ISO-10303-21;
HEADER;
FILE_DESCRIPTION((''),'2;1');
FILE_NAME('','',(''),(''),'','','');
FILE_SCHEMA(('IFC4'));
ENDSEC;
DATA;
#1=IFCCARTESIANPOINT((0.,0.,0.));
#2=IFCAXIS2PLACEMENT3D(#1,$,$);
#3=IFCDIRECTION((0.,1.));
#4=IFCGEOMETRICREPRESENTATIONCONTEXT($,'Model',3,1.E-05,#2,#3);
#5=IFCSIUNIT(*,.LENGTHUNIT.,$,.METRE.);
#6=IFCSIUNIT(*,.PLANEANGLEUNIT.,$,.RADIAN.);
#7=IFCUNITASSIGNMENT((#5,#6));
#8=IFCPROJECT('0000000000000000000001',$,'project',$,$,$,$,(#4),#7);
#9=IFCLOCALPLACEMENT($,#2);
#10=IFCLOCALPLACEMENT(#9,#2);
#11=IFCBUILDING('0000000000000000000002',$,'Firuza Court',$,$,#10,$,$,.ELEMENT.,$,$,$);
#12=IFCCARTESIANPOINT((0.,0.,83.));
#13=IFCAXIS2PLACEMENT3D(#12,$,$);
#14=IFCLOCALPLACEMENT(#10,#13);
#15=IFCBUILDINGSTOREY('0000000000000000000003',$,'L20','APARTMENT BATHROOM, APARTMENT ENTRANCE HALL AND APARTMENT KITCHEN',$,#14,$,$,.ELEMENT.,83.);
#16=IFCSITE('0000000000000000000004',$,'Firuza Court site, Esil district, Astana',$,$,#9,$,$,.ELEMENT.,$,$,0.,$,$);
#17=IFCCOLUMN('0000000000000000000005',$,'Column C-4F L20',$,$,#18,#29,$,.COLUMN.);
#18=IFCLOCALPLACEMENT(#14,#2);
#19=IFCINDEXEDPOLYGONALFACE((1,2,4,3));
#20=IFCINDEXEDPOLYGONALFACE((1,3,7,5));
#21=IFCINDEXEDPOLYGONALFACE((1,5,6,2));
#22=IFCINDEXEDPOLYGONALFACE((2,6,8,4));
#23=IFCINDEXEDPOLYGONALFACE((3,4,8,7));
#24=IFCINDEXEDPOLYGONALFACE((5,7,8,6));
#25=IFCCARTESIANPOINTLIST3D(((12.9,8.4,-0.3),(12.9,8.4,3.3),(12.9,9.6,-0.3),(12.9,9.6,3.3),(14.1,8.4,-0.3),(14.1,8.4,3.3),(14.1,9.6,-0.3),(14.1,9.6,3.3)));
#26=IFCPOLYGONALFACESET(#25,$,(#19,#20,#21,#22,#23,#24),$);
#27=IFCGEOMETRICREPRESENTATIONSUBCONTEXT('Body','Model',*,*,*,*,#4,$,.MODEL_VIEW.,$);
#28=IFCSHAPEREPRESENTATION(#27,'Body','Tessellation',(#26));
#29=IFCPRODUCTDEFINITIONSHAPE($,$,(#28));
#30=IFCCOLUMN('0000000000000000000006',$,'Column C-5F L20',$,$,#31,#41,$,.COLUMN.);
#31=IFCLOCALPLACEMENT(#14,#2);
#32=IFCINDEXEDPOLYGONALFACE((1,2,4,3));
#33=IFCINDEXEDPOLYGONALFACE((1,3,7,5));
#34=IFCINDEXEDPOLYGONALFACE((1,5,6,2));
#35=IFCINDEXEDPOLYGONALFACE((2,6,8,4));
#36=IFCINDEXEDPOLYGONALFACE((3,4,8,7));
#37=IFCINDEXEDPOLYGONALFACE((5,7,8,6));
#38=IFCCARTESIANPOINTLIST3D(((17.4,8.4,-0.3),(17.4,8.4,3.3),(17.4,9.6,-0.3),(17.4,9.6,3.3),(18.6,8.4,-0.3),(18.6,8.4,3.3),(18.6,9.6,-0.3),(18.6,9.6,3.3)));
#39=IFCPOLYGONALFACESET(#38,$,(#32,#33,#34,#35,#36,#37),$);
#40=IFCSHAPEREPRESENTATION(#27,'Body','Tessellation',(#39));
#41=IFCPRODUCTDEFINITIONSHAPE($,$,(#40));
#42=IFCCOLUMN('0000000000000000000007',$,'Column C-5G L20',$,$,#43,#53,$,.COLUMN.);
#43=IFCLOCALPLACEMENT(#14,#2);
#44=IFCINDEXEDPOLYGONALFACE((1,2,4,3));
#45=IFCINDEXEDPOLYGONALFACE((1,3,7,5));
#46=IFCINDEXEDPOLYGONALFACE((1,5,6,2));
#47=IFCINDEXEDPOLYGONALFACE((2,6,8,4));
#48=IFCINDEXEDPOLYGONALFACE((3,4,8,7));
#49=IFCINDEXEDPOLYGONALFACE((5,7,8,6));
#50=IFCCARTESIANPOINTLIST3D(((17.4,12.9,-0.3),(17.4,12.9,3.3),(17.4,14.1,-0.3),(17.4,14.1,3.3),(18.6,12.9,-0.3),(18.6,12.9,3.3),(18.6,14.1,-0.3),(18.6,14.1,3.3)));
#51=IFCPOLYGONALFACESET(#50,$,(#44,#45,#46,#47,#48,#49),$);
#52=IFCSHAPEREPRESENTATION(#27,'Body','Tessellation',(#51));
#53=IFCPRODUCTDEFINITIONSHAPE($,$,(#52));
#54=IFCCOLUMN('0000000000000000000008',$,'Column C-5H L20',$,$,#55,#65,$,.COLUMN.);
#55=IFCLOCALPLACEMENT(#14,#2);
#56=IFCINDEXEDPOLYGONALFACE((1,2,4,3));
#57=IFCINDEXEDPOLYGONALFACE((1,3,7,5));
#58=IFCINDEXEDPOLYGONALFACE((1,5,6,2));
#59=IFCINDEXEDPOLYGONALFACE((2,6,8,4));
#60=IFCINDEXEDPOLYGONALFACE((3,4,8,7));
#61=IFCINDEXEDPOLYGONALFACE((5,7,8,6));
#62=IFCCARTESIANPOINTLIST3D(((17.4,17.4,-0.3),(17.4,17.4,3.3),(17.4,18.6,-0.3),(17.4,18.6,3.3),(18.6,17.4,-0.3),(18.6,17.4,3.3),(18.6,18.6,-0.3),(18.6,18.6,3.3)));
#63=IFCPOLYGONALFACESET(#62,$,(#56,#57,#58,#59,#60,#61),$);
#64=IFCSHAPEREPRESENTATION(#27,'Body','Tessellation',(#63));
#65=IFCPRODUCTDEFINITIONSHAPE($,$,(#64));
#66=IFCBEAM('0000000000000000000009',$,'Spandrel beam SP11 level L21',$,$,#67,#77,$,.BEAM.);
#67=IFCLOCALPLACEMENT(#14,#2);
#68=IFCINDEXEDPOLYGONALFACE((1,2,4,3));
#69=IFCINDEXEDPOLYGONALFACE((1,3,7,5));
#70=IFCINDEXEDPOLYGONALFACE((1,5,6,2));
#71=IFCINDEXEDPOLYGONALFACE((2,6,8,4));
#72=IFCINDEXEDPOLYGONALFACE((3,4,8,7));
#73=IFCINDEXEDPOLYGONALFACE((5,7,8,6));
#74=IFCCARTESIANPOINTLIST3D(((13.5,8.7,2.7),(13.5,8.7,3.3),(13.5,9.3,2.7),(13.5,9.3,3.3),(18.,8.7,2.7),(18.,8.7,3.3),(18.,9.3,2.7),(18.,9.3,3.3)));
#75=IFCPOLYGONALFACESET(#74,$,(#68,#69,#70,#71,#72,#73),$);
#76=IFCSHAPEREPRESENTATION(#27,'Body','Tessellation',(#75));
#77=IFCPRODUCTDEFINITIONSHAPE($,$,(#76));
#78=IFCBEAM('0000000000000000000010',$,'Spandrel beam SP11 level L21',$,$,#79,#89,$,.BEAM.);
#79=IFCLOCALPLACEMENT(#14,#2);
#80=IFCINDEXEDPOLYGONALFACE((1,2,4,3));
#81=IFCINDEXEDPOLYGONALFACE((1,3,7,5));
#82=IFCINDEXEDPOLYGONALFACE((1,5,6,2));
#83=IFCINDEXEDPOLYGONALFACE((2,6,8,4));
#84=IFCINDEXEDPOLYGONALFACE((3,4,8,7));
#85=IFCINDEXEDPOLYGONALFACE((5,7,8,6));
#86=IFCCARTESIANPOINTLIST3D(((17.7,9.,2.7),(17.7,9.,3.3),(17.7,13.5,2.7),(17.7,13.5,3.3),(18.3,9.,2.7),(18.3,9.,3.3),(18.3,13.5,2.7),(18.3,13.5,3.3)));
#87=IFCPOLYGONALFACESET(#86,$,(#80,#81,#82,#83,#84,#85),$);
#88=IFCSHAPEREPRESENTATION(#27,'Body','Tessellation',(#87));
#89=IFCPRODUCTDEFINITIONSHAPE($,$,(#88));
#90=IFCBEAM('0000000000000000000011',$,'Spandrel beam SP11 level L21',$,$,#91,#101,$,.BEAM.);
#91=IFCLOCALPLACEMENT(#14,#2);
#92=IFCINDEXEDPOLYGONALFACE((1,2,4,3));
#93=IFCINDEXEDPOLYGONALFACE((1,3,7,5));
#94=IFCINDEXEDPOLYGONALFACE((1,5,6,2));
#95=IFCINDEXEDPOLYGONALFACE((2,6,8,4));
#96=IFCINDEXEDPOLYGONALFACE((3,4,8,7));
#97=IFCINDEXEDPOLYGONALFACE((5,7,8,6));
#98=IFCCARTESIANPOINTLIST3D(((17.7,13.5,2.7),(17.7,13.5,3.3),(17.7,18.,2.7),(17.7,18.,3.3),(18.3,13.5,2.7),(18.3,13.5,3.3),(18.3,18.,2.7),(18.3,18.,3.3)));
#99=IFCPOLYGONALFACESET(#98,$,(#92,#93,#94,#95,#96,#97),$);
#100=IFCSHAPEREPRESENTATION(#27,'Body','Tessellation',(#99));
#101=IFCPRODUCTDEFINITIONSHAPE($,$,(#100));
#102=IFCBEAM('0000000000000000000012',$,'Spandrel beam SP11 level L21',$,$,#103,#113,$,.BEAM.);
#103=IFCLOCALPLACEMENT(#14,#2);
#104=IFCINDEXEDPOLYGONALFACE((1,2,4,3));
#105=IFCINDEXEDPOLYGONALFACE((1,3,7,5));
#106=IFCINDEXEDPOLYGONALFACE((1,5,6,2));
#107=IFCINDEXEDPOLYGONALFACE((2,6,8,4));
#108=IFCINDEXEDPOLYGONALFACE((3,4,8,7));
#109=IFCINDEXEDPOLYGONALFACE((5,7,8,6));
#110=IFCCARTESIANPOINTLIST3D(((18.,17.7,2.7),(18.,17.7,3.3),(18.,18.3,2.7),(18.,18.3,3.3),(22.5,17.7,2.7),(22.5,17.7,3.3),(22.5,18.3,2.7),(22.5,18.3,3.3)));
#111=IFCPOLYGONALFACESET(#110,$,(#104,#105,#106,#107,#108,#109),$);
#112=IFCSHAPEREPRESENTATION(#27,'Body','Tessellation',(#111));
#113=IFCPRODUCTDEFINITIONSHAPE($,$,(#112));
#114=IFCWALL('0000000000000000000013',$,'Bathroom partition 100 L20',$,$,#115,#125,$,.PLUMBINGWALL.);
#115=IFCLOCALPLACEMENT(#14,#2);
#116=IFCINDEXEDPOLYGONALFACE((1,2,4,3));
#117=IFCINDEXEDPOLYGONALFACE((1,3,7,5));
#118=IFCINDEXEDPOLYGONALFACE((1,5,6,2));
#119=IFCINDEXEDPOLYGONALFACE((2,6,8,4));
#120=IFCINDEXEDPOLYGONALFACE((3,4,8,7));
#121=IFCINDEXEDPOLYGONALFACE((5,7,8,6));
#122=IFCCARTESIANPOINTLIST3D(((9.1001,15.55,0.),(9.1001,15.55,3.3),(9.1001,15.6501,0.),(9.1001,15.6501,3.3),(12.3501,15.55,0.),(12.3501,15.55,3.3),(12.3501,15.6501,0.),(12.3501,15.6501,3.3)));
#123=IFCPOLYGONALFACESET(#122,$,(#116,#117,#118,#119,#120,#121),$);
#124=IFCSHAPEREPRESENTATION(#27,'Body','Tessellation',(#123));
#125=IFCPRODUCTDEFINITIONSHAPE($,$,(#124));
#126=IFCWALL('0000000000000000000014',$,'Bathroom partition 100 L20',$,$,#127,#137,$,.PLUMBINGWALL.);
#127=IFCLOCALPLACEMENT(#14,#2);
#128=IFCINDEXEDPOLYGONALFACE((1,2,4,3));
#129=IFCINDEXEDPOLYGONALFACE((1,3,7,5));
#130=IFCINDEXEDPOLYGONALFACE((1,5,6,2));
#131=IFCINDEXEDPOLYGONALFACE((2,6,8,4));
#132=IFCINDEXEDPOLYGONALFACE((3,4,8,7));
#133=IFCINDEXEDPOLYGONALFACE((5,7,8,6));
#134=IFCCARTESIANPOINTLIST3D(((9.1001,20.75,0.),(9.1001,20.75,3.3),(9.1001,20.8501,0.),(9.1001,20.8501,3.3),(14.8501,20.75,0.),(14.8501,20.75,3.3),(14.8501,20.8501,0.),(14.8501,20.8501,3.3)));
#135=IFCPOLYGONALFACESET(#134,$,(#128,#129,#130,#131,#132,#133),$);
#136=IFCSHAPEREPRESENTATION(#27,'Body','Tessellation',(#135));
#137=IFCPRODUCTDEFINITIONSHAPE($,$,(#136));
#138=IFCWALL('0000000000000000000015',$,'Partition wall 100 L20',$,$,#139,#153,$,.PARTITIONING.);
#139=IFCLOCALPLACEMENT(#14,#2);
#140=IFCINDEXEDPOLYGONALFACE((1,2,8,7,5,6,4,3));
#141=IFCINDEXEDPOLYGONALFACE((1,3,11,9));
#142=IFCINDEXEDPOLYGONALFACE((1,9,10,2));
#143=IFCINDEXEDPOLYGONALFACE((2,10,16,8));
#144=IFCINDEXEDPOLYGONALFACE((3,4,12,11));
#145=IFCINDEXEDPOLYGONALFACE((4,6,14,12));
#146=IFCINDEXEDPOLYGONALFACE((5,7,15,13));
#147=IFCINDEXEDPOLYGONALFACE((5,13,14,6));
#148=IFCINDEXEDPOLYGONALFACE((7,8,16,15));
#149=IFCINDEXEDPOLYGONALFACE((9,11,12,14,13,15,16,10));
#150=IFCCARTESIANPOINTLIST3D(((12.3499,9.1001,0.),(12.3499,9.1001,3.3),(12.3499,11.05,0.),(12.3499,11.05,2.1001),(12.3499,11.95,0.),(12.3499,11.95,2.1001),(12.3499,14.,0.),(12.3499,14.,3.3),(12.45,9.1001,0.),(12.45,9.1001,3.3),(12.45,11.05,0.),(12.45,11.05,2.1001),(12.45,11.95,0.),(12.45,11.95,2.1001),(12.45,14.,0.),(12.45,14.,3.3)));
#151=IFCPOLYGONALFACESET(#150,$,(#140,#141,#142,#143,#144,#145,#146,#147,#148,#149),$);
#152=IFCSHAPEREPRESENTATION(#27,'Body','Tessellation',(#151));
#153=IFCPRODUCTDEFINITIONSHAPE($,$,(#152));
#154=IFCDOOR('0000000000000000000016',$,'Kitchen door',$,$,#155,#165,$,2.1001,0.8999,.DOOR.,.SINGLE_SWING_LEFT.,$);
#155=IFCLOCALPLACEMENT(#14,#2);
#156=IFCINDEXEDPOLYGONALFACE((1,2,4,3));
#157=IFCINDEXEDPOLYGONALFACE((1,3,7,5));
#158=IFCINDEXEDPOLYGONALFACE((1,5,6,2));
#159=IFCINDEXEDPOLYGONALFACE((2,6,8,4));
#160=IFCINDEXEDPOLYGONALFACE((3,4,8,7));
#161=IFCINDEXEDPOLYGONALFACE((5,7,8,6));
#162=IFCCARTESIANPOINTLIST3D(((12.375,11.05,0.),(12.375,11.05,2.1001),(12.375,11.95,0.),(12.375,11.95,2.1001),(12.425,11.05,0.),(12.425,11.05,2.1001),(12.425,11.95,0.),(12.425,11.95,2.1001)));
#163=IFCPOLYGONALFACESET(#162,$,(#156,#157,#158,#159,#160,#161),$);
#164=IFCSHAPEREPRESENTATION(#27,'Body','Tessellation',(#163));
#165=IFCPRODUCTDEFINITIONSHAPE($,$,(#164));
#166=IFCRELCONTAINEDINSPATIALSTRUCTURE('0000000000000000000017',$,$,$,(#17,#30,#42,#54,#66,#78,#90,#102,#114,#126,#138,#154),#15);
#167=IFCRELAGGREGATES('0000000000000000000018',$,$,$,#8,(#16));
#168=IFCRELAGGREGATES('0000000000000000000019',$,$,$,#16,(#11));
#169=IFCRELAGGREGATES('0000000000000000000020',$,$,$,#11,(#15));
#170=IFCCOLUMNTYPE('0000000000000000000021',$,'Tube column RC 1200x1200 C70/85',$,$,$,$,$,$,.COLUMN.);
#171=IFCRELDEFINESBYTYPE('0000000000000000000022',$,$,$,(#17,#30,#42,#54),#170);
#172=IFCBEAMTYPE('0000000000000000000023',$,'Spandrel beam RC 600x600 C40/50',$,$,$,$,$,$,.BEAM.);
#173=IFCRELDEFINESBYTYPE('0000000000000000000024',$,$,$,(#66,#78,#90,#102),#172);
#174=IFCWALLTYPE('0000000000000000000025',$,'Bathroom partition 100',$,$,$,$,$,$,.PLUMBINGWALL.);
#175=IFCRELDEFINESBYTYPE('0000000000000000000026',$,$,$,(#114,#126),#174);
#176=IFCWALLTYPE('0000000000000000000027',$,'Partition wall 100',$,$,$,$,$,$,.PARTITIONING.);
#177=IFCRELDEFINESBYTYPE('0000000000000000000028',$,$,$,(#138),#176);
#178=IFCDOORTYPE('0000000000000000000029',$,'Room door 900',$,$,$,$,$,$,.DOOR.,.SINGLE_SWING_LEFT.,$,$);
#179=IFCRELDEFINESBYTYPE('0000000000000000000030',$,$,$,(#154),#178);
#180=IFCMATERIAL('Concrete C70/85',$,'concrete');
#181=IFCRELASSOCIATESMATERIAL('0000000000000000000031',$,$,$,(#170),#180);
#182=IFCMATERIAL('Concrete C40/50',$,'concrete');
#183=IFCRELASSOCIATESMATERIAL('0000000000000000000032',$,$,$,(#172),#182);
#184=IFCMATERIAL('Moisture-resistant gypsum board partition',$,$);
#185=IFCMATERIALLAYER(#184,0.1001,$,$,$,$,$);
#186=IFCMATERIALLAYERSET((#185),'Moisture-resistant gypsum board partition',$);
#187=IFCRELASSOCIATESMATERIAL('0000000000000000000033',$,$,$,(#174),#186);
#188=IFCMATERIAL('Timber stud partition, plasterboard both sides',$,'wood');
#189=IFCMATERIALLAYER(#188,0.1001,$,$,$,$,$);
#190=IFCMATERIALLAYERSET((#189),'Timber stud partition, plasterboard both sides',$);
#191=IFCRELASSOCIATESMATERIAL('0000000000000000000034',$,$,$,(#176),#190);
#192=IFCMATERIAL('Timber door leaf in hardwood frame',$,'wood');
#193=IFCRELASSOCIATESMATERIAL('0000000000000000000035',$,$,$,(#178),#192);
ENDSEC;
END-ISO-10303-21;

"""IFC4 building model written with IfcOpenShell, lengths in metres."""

from ifc_helpers import new_model, si_unit, direction, frame, frame_2d, origin, origin_2d, place, context, subcontext, project, spatial, rectangle, extrude, material, layer, layer_set, material_profile, profile_set, type_object, element, fill, save


model = new_model("IFC4")

# Units and contexts
model_context = context("Model", 3, precision=1e-05, world=origin(), true_north=direction((0.0, 1.0)))
body_context = subcontext(model_context, "Body", "Model", "MODEL_VIEW")
ifc_project = project(units=[si_unit("LENGTHUNIT", "METRE"), si_unit("PLANEANGLEUNIT", "RADIAN")], contexts=[model_context])

# Site, building, storey
site_placement = place(None, origin())
site = spatial("IfcSite", under=ifc_project, at=site_placement, Name="Firuza Court site, Esil district, Astana", CompositionType="ELEMENT", RefElevation=0.0)
building_placement = place(site_placement, origin())
building = spatial("IfcBuilding", under=site, at=building_placement, Name="Firuza Court", CompositionType="ELEMENT")
storey_placement = place(building_placement, frame((0.0, 0.0, 83.0)))
storey = spatial("IfcBuildingStorey", under=building, at=storey_placement, Name="L20", Description="APARTMENT BATHROOM, APARTMENT ENTRANCE HALL AND APARTMENT KITCHEN", CompositionType="ELEMENT", Elevation=83.0)

# Columns
ifc_material_1 = material(Name="Concrete C70/85", Category="concrete")
ifc_material_profile_1 = material_profile(ifc_material_1, rectangle(XDim=1.2, YDim=1.2, at=origin_2d()), Name="RC 1200x1200")
ifc_profile_set_1 = profile_set([ifc_material_profile_1], Name="Concrete C70/85")
column_type = type_object("IfcColumnType", Name="Tube column RC 1200x1200 C70/85", PredefinedType="COLUMN", material=ifc_profile_set_1)
for number, where, z_axis, x_axis, name in (
    (1, (13.5, 9.0, -0.3), (0.0, 0.0, 1.0), (1.0, 0.0, 0.0), "Column C-4F L20"),
    (2, (18.0, 9.0, -0.3), (0.0, 0.0, 1.0), (1.0, 0.0, 0.0), "Column C-5F L20"),
    (3, (18.0, 13.5, -0.3), (0.0, 0.0, 1.0), (1.0, 0.0, 0.0), "Column C-5G L20"),
    (4, (18.0, 18.0, -0.3), (0.0, 0.0, 1.0), (1.0, 0.0, 0.0), "Column C-5H L20"),
):
    element("IfcColumn", number, at=place(storey_placement, frame(where, z_axis=z_axis, x_axis=x_axis)), inside=storey, type_object=column_type, Name=name, PredefinedType="COLUMN", context=body_context, shape_type="SweptSolid", body=[
        extrude(rectangle(XDim=1.2, YDim=1.2, at=origin_2d()), origin(), (0.0, 0.0, 1.0), 3.6001),
    ])

# Beams
ifc_material_2 = material(Name="Concrete C40/50", Category="concrete")
ifc_material_profile_2 = material_profile(ifc_material_2, rectangle(XDim=0.6001, YDim=0.6001, at=origin_2d()), Name="RC 600x600")
ifc_profile_set_2 = profile_set([ifc_material_profile_2], Name="Concrete C40/50")
beam_type = type_object("IfcBeamType", Name="Spandrel beam RC 600x600 C40/50", PredefinedType="BEAM", material=ifc_profile_set_2)
for number, where, z_axis, x_axis, name in (
    (5, (13.5, 9.0, 3.0), (1.0, 0.0, 0.0), (0.0, 1.0, 0.0), "Spandrel beam SP11 level L21"),
    (6, (18.0, 9.0, 3.0), (0.0, 1.0, 0.0), (-1.0, 0.0, 0.0), "Spandrel beam SP11 level L21"),
    (7, (18.0, 13.5, 3.0), (0.0, 1.0, 0.0), (-1.0, 0.0, 0.0), "Spandrel beam SP11 level L21"),
    (8, (18.0, 18.0, 3.0), (1.0, 0.0, 0.0), (0.0, 1.0, 0.0), "Spandrel beam SP11 level L21"),
):
    element("IfcBeam", number, at=place(storey_placement, frame(where, z_axis=z_axis, x_axis=x_axis)), inside=storey, type_object=beam_type, Name=name, PredefinedType="BEAM", context=body_context, shape_type="SweptSolid", body=[
        extrude(rectangle(XDim=0.6001, YDim=0.6001, at=origin_2d()), origin(), (0.0, 0.0, 1.0), 4.5),
    ])

# Walls
ifc_material_3 = material(Name="Moisture-resistant gypsum board partition")
ifc_layer_1 = layer(ifc_material_3, 0.1001)
ifc_layer_set_1 = layer_set([ifc_layer_1], Name="Moisture-resistant gypsum board partition")
wall_type_1 = type_object("IfcWallType", Name="Bathroom partition 100", PredefinedType="PLUMBINGWALL", material=ifc_layer_set_1)
wall_1_placement = place(storey_placement, frame((9.1001, 15.6001, 0.0), z_axis=(0.0, 0.0, 1.0), x_axis=(1.0, 0.0, 0.0)))
element("IfcWall", 9, at=wall_1_placement, inside=storey, type_object=wall_type_1, Name="Bathroom partition 100 L20", PredefinedType="PLUMBINGWALL", context=body_context, shape_type="SweptSolid", body=[
    extrude(rectangle(XDim=3.25, YDim=0.1001, at=frame_2d((1.625, 0.0))), origin(), (0.0, 0.0, 1.0), 3.3),
])
wall_2_placement = place(storey_placement, frame((9.1001, 20.8, 0.0), z_axis=(0.0, 0.0, 1.0), x_axis=(1.0, 0.0, 0.0)))
element("IfcWall", 10, at=wall_2_placement, inside=storey, type_object=wall_type_1, Name="Bathroom partition 100 L20", PredefinedType="PLUMBINGWALL", context=body_context, shape_type="SweptSolid", body=[
    extrude(rectangle(XDim=5.75, YDim=0.1001, at=frame_2d((2.875, 0.0))), origin(), (0.0, 0.0, 1.0), 3.3),
])

# Wall, opening, door
ifc_material_4 = material(Name="Timber stud partition, plasterboard both sides", Category="wood")
ifc_layer_2 = layer(ifc_material_4, 0.1001)
ifc_layer_set_2 = layer_set([ifc_layer_2], Name="Timber stud partition, plasterboard both sides")
wall_type_2 = type_object("IfcWallType", Name="Partition wall 100", PredefinedType="PARTITIONING", material=ifc_layer_set_2)
wall_3_placement = place(storey_placement, frame((12.3999, 9.1001, 0.0), z_axis=(0.0, 0.0, 1.0), x_axis=(0.0, 1.0, 0.0)))
wall_3 = element("IfcWall", 11, at=wall_3_placement, inside=storey, type_object=wall_type_2, Name="Partition wall 100 L20", PredefinedType="PARTITIONING", context=body_context, shape_type="SweptSolid", body=[
    extrude(rectangle(XDim=4.8999, YDim=0.1001, at=frame_2d((2.45, 0.0))), origin(), (0.0, 0.0, 1.0), 3.3),
])
opening_1_placement = place(wall_3_placement, frame((1.95, 0.0, 0.0)))
opening_1 = element("IfcOpeningElement", 12, at=opening_1_placement, cuts=wall_3, PredefinedType="OPENING", context=body_context, shape_type="SweptSolid", body=[
    extrude(rectangle(XDim=0.8999, YDim=2.1001, at=frame_2d((0.45, 1.05))), frame((0.0, 0.062, 0.0), z_axis=(0.0, -1.0, 0.0), x_axis=(1.0, 0.0, 0.0)), (0.0, 0.0, 1.0), 0.124),
])
ifc_material_5 = material(Name="Timber door leaf in hardwood frame", Category="wood")
door_type_1 = type_object("IfcDoorType", Name="Room door 900", OperationType="SINGLE_SWING_LEFT", PredefinedType="DOOR", material=ifc_material_5)
door_1_placement = place(opening_1_placement, origin())
door_1 = element("IfcDoor", 13, at=door_1_placement, inside=storey, type_object=door_type_1, Name="Kitchen door", OperationType="SINGLE_SWING_LEFT", OverallHeight=2.1001, OverallWidth=0.8999, PredefinedType="DOOR", context=body_context, shape_type="SweptSolid", body=[
    extrude(rectangle(XDim=0.8999, YDim=2.1001, at=frame_2d((0.45, 1.05))), frame((0.0, 0.0249, 0.0), z_axis=(0.0, -1.0, 0.0), x_axis=(1.0, 0.0, 0.0)), (0.0, 0.0, 1.0), 0.05),
])
fill(opening_1, door_1)

save(model, "model.ifc")
